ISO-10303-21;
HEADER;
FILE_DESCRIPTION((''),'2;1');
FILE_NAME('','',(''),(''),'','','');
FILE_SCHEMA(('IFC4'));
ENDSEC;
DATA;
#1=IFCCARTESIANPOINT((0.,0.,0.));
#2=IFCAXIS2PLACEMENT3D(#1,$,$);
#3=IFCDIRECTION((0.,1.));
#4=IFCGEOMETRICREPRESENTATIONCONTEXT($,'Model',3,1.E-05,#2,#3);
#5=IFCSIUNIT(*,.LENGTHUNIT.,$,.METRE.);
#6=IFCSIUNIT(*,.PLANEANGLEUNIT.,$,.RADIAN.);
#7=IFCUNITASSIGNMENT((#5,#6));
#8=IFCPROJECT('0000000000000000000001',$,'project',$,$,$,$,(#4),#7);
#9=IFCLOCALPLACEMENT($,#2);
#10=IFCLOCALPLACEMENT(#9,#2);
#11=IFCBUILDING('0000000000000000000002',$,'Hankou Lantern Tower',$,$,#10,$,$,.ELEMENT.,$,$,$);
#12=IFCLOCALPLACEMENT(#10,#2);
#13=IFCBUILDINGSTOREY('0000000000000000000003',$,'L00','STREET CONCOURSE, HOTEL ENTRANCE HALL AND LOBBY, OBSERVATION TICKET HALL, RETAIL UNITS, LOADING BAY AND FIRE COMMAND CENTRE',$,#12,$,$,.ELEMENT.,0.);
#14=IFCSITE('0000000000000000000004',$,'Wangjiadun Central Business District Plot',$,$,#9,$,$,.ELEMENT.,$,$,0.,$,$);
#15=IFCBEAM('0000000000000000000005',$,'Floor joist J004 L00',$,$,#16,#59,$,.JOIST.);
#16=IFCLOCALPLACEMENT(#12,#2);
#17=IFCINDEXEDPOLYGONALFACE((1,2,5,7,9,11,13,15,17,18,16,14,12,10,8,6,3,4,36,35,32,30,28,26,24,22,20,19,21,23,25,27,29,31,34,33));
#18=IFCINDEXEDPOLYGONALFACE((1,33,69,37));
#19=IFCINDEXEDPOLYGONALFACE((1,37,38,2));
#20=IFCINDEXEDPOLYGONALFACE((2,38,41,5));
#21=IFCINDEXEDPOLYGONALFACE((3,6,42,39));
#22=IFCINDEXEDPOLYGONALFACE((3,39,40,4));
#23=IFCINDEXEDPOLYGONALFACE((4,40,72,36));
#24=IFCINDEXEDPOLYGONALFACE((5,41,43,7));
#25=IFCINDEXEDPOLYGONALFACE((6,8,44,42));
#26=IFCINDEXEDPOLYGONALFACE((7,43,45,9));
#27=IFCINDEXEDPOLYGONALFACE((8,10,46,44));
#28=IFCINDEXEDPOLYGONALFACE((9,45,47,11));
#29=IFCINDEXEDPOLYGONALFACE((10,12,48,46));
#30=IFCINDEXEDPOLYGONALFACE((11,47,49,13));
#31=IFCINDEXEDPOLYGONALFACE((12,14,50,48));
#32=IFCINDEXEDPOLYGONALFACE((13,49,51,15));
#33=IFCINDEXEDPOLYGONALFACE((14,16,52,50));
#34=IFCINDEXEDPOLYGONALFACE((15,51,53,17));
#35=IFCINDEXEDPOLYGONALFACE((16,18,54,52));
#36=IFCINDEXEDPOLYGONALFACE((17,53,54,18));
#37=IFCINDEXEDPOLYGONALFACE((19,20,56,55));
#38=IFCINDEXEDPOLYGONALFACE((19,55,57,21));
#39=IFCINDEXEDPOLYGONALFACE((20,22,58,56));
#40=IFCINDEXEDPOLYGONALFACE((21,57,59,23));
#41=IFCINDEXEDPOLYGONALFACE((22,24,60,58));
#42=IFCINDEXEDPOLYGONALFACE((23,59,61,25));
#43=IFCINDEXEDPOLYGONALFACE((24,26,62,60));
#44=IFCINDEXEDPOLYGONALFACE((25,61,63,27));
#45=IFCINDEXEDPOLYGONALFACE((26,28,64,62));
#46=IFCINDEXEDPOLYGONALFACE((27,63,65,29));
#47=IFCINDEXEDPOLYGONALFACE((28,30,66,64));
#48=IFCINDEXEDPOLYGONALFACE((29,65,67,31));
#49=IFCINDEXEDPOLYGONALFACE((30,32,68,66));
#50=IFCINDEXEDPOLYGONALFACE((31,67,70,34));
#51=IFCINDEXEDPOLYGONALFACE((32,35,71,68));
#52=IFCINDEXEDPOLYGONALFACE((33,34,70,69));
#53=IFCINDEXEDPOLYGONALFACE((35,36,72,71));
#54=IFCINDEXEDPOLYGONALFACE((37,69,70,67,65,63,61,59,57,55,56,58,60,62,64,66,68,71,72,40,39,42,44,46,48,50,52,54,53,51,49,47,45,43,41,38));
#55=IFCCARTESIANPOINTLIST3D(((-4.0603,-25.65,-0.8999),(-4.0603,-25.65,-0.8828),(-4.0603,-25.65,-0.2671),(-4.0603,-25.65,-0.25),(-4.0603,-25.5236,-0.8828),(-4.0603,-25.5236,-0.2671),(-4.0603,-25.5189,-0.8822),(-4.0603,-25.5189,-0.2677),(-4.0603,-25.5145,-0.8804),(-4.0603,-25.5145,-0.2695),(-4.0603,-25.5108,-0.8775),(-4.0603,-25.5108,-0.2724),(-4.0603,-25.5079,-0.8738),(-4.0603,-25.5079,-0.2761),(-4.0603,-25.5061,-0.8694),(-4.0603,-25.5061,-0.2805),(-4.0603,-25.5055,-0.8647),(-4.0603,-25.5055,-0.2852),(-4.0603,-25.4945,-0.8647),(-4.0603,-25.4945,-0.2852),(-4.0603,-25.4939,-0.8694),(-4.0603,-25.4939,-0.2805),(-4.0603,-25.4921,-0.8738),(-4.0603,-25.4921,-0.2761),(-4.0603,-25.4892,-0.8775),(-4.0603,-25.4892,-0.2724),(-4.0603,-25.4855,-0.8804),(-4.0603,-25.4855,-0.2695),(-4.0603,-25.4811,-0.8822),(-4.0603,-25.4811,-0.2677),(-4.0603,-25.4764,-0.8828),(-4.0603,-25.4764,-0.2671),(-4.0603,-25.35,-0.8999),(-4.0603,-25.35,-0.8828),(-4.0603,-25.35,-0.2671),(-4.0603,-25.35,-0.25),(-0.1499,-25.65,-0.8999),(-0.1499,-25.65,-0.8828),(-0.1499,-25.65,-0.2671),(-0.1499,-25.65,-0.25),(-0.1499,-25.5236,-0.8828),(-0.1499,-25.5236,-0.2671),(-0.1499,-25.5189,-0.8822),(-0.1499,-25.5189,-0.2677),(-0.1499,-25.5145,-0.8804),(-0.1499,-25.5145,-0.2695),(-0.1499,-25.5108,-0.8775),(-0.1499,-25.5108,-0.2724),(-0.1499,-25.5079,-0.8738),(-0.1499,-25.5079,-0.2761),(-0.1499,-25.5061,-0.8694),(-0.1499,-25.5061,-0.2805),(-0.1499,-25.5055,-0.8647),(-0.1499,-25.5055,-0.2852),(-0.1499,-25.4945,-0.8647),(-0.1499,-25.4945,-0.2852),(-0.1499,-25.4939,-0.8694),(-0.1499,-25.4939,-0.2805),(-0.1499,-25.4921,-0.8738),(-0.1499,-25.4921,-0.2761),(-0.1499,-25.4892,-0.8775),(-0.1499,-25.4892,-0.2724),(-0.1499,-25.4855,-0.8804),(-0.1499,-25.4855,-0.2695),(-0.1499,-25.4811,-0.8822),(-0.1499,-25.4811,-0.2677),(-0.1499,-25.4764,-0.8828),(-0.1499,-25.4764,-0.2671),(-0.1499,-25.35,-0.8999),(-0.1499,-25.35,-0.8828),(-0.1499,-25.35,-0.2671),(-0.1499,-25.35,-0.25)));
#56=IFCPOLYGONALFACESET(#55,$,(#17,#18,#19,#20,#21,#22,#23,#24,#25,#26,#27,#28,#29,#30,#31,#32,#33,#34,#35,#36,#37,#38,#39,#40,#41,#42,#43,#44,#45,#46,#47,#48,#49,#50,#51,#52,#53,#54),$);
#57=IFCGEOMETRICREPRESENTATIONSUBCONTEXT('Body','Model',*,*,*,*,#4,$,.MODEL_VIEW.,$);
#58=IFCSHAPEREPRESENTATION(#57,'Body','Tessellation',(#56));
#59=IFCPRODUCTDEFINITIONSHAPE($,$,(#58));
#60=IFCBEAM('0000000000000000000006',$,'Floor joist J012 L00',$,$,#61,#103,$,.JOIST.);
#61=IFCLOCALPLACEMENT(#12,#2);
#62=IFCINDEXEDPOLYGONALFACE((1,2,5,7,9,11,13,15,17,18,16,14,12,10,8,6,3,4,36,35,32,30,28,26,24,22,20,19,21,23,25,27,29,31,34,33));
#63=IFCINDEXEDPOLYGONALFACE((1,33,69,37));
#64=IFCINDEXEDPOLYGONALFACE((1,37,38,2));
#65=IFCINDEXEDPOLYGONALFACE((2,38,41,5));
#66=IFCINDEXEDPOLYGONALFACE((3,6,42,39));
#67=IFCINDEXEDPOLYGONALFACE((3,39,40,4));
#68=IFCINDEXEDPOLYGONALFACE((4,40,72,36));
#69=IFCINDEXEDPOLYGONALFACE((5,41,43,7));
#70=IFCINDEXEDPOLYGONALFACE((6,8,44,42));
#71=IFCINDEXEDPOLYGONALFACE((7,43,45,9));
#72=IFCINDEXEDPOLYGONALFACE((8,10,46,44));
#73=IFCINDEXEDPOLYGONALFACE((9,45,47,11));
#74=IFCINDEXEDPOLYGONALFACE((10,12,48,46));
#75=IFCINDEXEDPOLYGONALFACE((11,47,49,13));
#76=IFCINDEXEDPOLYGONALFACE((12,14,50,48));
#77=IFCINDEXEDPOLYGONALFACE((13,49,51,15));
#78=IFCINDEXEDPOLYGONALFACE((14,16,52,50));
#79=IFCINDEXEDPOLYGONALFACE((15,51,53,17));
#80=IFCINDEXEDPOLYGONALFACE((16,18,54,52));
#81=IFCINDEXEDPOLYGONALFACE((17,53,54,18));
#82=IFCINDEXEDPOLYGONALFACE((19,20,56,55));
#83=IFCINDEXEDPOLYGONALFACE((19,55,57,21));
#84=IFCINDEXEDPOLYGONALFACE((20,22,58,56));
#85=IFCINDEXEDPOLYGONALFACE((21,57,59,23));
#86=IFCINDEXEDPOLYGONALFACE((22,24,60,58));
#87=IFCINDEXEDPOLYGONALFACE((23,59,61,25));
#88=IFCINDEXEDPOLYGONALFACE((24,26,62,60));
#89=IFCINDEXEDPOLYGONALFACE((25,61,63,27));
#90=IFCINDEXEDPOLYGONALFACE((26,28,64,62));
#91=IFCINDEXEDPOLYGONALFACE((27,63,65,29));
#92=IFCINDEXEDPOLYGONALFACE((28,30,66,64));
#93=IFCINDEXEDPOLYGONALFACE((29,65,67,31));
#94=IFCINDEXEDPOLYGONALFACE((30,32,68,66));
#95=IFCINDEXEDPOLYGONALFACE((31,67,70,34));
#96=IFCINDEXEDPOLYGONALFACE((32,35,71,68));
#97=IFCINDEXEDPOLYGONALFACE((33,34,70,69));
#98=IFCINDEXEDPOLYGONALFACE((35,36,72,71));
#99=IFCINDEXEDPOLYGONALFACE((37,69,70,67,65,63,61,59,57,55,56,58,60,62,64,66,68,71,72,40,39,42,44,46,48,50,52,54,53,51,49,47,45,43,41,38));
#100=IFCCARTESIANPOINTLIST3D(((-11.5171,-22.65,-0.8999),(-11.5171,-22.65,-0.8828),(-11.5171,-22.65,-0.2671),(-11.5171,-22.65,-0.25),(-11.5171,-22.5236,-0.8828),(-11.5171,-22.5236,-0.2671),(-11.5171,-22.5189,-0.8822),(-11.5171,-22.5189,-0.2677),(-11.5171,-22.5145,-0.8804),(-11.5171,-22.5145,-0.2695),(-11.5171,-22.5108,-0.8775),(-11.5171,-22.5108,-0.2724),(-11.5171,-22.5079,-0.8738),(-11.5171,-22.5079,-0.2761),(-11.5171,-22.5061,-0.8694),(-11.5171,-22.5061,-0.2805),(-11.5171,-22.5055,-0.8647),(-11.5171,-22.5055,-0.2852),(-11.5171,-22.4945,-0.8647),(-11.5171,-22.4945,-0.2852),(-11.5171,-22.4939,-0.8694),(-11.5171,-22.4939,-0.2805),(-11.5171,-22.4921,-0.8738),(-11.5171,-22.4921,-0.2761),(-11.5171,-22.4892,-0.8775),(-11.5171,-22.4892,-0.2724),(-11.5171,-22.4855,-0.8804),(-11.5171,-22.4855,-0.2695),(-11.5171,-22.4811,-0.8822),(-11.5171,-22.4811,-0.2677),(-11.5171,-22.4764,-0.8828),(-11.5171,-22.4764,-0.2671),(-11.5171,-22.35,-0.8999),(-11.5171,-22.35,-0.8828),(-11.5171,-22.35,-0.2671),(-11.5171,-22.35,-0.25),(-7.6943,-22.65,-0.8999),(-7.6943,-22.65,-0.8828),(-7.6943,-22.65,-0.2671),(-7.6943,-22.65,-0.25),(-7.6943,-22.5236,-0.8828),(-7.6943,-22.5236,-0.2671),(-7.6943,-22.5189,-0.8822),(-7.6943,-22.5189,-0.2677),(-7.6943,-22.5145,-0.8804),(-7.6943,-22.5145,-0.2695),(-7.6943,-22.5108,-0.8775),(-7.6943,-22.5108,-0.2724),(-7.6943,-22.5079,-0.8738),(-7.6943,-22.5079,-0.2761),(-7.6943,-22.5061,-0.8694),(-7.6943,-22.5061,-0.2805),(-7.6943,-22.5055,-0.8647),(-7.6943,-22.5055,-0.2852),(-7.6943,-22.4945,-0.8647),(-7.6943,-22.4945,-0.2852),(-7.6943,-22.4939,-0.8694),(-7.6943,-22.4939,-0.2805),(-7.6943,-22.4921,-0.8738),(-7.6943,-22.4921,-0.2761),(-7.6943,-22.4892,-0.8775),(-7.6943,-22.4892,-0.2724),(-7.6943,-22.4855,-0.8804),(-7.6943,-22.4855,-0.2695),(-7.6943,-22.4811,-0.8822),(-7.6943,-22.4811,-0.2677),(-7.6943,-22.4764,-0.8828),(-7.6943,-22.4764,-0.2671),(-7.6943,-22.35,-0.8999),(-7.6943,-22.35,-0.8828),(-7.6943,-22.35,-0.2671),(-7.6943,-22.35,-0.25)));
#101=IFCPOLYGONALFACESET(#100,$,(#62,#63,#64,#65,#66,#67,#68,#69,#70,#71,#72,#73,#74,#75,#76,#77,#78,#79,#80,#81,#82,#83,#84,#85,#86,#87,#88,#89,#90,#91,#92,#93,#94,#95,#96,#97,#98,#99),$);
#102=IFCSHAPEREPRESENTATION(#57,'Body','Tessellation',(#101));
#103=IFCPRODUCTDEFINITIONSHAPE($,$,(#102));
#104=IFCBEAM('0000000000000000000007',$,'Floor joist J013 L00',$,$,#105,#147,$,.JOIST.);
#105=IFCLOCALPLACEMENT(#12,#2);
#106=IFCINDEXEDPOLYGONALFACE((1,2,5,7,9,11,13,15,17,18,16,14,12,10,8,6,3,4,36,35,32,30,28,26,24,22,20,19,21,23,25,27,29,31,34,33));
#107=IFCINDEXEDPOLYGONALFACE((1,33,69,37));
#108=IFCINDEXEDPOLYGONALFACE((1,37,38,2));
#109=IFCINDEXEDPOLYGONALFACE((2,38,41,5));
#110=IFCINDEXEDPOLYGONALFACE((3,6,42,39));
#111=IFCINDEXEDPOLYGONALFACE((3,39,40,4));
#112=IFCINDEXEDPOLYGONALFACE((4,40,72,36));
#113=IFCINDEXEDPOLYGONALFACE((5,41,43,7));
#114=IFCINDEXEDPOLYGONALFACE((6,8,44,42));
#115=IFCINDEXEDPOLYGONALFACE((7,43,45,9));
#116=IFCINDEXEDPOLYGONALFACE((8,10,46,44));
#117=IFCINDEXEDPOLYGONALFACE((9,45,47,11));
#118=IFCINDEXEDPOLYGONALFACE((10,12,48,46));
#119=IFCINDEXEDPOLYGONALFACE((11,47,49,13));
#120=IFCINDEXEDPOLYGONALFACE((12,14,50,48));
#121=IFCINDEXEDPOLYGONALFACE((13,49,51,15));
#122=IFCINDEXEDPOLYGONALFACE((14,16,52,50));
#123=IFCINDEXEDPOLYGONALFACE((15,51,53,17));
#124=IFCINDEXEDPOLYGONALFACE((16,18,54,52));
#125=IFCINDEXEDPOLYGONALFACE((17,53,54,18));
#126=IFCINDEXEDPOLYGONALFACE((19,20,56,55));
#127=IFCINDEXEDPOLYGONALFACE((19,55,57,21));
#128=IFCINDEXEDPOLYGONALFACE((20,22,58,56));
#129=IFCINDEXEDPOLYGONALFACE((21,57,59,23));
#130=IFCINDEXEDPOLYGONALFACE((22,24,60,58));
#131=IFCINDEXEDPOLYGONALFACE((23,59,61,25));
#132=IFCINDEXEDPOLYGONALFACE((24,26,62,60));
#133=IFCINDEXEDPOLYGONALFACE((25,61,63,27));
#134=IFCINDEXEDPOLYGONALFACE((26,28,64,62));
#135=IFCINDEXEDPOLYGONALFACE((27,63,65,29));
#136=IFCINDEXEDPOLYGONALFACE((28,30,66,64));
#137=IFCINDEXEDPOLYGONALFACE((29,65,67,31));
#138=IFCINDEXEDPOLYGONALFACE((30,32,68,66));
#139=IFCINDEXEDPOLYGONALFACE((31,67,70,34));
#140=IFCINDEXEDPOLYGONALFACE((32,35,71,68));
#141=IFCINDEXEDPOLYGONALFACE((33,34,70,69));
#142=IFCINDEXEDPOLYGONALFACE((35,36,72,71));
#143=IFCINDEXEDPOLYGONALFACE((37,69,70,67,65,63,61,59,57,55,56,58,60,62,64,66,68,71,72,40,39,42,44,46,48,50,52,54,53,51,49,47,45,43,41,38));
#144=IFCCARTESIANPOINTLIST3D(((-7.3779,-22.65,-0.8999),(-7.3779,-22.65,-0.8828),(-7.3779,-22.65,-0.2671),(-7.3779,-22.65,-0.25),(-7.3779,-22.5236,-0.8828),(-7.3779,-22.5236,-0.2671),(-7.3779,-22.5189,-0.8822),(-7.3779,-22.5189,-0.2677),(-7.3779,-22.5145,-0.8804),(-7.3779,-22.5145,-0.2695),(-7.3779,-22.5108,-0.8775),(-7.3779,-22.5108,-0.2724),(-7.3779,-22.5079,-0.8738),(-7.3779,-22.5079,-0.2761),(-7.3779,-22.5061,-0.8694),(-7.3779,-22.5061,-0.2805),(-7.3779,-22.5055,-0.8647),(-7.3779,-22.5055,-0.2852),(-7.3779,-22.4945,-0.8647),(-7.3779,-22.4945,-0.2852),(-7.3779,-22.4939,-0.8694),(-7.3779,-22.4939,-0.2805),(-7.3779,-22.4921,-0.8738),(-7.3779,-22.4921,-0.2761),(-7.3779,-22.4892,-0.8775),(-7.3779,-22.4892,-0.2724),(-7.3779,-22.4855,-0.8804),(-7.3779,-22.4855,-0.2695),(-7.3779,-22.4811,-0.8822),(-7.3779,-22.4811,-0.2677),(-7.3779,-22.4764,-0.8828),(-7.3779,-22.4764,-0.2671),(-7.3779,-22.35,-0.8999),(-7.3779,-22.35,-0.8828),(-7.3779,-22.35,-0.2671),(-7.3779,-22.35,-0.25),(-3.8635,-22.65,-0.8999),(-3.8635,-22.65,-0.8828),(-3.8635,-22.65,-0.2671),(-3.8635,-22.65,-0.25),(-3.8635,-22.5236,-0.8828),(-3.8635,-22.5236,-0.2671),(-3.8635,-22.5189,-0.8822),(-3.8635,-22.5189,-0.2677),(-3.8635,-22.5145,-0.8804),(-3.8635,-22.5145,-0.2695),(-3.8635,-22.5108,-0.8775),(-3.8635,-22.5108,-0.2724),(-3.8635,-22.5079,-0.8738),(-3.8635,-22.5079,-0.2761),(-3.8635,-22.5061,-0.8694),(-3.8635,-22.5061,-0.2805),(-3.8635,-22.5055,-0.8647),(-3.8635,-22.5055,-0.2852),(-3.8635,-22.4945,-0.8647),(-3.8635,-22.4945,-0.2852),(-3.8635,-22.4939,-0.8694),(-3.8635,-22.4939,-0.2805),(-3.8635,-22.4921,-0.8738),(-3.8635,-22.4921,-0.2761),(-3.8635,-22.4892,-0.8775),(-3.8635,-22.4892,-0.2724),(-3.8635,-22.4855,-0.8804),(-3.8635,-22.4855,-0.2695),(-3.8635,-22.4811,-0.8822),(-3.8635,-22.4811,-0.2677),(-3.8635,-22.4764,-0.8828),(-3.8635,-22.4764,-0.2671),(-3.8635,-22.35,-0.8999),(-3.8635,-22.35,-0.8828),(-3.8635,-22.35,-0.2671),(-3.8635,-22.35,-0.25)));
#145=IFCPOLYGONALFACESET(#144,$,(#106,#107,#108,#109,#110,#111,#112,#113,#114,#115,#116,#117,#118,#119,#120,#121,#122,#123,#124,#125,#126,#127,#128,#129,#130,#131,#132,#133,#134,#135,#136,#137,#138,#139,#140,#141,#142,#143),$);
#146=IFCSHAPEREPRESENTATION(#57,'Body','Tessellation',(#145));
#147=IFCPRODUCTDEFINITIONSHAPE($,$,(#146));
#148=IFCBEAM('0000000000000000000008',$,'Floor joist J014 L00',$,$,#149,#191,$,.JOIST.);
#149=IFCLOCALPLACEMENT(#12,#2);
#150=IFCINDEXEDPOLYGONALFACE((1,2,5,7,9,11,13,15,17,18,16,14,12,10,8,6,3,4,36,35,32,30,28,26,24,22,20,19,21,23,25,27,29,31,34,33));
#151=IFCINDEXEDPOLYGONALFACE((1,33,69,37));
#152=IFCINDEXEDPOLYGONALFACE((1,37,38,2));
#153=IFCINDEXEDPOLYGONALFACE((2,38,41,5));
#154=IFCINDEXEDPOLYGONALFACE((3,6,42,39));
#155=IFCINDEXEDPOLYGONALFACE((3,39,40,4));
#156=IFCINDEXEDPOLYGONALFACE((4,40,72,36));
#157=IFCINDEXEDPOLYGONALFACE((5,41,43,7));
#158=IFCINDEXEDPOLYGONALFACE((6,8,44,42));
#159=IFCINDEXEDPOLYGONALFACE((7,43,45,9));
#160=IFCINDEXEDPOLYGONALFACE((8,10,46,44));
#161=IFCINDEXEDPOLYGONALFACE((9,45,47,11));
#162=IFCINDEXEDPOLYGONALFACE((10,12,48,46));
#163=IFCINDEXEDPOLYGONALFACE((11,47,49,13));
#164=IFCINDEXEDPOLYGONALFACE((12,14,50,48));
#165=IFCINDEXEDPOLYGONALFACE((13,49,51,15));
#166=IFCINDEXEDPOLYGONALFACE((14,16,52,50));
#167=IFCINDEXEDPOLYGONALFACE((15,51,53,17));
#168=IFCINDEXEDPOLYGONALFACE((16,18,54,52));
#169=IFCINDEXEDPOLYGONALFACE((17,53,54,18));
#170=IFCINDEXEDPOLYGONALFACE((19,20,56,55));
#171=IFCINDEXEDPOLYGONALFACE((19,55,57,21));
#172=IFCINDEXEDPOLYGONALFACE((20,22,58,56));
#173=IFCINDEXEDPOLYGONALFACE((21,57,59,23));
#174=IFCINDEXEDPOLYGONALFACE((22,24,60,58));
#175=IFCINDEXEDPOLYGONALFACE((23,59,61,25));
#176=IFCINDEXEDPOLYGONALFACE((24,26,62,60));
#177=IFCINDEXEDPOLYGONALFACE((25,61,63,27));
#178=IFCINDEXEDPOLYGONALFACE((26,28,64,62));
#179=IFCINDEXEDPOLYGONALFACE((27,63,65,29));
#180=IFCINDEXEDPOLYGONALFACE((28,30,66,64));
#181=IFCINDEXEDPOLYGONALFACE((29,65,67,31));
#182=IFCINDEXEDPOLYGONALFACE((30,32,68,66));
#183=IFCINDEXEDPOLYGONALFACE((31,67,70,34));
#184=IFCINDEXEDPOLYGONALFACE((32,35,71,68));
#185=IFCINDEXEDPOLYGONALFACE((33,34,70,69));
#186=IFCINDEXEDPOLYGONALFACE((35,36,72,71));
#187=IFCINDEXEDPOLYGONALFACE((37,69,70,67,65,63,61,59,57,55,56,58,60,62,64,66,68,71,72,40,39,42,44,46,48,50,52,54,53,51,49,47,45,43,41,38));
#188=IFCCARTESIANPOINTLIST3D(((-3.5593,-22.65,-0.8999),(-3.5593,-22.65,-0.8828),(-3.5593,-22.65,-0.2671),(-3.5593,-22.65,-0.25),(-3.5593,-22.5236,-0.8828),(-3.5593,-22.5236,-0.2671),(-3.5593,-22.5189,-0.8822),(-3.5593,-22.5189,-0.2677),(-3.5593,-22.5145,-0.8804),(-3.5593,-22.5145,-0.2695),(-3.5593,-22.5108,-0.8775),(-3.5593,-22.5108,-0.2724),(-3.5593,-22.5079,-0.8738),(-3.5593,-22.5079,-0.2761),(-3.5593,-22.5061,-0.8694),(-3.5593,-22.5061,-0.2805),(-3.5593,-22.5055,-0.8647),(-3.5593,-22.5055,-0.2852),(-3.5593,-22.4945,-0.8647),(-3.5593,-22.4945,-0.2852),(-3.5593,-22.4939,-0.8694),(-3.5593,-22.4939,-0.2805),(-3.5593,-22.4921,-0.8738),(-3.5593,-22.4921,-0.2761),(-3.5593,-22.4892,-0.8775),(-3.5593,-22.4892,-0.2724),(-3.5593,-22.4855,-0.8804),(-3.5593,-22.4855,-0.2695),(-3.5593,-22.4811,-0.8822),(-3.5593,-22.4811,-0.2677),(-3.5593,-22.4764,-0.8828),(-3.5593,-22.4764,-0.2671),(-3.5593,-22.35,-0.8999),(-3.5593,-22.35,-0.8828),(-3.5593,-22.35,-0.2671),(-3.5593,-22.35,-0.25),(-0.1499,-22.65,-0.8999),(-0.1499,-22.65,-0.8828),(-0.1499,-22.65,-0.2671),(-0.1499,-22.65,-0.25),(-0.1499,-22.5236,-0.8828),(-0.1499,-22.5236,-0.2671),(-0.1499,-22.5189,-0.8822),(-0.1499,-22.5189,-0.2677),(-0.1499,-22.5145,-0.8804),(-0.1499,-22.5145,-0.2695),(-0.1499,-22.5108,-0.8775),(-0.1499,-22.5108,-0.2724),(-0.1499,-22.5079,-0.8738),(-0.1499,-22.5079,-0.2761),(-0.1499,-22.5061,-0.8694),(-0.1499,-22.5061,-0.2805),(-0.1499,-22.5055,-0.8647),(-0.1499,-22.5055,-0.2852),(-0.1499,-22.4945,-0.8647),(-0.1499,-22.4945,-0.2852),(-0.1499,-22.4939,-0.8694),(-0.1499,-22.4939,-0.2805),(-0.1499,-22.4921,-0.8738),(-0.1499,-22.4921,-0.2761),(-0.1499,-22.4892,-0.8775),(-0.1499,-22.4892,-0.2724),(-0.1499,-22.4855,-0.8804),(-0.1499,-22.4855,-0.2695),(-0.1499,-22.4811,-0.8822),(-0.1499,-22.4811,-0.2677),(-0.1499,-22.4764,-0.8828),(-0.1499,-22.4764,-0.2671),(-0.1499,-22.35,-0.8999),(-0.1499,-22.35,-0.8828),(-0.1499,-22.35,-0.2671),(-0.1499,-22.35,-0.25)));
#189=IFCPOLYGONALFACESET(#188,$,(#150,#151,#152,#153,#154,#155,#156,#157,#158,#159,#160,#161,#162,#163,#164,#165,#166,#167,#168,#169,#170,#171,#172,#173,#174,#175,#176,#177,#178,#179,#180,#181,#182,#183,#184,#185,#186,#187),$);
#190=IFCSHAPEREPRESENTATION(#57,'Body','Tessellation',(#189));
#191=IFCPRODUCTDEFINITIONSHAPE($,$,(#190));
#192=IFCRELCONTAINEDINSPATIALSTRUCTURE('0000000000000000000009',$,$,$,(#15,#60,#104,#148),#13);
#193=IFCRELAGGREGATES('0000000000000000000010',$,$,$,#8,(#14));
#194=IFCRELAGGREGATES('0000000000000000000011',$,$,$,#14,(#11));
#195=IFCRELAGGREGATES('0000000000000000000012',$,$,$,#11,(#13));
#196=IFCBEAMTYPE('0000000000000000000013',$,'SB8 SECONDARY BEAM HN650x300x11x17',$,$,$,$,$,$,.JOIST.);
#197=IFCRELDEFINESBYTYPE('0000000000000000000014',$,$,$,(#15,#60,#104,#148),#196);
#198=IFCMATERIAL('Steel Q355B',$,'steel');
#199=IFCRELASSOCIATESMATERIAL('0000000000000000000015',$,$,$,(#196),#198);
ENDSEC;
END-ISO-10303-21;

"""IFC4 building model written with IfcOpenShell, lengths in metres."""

from ifc_helpers import new_model, si_unit, direction, frame, origin, origin_2d, place, context, subcontext, project, spatial, i_section, extrude, material, material_profile, profile_set, type_object, element, save


model = new_model("IFC4")

# Units and contexts
model_context = context("Model", 3, precision=1e-05, world=origin(), true_north=direction((0.0, 1.0)))
body_context = subcontext(model_context, "Body", "Model", "MODEL_VIEW")
ifc_project = project(units=[si_unit("LENGTHUNIT", "METRE"), si_unit("PLANEANGLEUNIT", "RADIAN")], contexts=[model_context])

# Site, building, storey
site_placement = place(None, origin())
site = spatial("IfcSite", under=ifc_project, at=site_placement, Name="Wangjiadun Central Business District Plot", CompositionType="ELEMENT", RefElevation=0.0)
building_placement = place(site_placement, origin())
building = spatial("IfcBuilding", under=site, at=building_placement, Name="Hankou Lantern Tower", CompositionType="ELEMENT")
storey_placement = place(building_placement, origin())
storey = spatial("IfcBuildingStorey", under=building, at=storey_placement, Name="L00", Description="STREET CONCOURSE, HOTEL ENTRANCE HALL AND LOBBY, OBSERVATION TICKET HALL, RETAIL UNITS, LOADING BAY AND FIRE COMMAND CENTRE", CompositionType="ELEMENT", Elevation=0.0)

# Beams
ifc_material_1 = material(Name="Steel Q355B", Category="steel")
ifc_material_profile_1 = material_profile(ifc_material_1, i_section(OverallWidth=0.3, OverallDepth=0.6499, WebThickness=0.011, FlangeThickness=0.0171, FilletRadius=0.0181, at=origin_2d()), Name="HN650x300x11x17")
ifc_profile_set_1 = profile_set([ifc_material_profile_1], Name="Steel Q355B")
beam_type_1 = type_object("IfcBeamType", Name="SB8 SECONDARY BEAM HN650x300x11x17", PredefinedType="JOIST", material=ifc_profile_set_1)
beam_1_placement = place(storey_placement, frame((-4.0603, -25.5, -0.575), z_axis=(1.0, 0.0, 0.0), x_axis=(0.0, 1.0, 0.0)))
element("IfcBeam", 1, at=beam_1_placement, inside=storey, type_object=beam_type_1, Name="Floor joist J004 L00", PredefinedType="JOIST", context=body_context, shape_type="SweptSolid", body=[
    extrude(i_section(OverallWidth=0.3, OverallDepth=0.6499, WebThickness=0.011, FlangeThickness=0.0171, FilletRadius=0.0181, at=origin_2d()), origin(), (0.0, 0.0, 1.0), 3.9104),
])
beam_2_placement = place(storey_placement, frame((-11.5171, -22.5, -0.575), z_axis=(1.0, 0.0, 0.0), x_axis=(0.0, 1.0, 0.0)))
element("IfcBeam", 2, at=beam_2_placement, inside=storey, type_object=beam_type_1, Name="Floor joist J012 L00", PredefinedType="JOIST", context=body_context, shape_type="SweptSolid", body=[
    extrude(i_section(OverallWidth=0.3, OverallDepth=0.6499, WebThickness=0.011, FlangeThickness=0.0171, FilletRadius=0.0181, at=origin_2d()), origin(), (0.0, 0.0, 1.0), 3.8228),
])
beam_3_placement = place(storey_placement, frame((-7.3779, -22.5, -0.575), z_axis=(1.0, 0.0, 0.0), x_axis=(0.0, 1.0, 0.0)))
element("IfcBeam", 3, at=beam_3_placement, inside=storey, type_object=beam_type_1, Name="Floor joist J013 L00", PredefinedType="JOIST", context=body_context, shape_type="SweptSolid", body=[
    extrude(i_section(OverallWidth=0.3, OverallDepth=0.6499, WebThickness=0.011, FlangeThickness=0.0171, FilletRadius=0.0181, at=origin_2d()), origin(), (0.0, 0.0, 1.0), 3.5144),
])
beam_4_placement = place(storey_placement, frame((-3.5593, -22.5, -0.575), z_axis=(1.0, 0.0, 0.0), x_axis=(0.0, 1.0, 0.0)))
element("IfcBeam", 4, at=beam_4_placement, inside=storey, type_object=beam_type_1, Name="Floor joist J014 L00", PredefinedType="JOIST", context=body_context, shape_type="SweptSolid", body=[
    extrude(i_section(OverallWidth=0.3, OverallDepth=0.6499, WebThickness=0.011, FlangeThickness=0.0171, FilletRadius=0.0181, at=origin_2d()), origin(), (0.0, 0.0, 1.0), 3.4094),
])

save(model, "model.ifc")
